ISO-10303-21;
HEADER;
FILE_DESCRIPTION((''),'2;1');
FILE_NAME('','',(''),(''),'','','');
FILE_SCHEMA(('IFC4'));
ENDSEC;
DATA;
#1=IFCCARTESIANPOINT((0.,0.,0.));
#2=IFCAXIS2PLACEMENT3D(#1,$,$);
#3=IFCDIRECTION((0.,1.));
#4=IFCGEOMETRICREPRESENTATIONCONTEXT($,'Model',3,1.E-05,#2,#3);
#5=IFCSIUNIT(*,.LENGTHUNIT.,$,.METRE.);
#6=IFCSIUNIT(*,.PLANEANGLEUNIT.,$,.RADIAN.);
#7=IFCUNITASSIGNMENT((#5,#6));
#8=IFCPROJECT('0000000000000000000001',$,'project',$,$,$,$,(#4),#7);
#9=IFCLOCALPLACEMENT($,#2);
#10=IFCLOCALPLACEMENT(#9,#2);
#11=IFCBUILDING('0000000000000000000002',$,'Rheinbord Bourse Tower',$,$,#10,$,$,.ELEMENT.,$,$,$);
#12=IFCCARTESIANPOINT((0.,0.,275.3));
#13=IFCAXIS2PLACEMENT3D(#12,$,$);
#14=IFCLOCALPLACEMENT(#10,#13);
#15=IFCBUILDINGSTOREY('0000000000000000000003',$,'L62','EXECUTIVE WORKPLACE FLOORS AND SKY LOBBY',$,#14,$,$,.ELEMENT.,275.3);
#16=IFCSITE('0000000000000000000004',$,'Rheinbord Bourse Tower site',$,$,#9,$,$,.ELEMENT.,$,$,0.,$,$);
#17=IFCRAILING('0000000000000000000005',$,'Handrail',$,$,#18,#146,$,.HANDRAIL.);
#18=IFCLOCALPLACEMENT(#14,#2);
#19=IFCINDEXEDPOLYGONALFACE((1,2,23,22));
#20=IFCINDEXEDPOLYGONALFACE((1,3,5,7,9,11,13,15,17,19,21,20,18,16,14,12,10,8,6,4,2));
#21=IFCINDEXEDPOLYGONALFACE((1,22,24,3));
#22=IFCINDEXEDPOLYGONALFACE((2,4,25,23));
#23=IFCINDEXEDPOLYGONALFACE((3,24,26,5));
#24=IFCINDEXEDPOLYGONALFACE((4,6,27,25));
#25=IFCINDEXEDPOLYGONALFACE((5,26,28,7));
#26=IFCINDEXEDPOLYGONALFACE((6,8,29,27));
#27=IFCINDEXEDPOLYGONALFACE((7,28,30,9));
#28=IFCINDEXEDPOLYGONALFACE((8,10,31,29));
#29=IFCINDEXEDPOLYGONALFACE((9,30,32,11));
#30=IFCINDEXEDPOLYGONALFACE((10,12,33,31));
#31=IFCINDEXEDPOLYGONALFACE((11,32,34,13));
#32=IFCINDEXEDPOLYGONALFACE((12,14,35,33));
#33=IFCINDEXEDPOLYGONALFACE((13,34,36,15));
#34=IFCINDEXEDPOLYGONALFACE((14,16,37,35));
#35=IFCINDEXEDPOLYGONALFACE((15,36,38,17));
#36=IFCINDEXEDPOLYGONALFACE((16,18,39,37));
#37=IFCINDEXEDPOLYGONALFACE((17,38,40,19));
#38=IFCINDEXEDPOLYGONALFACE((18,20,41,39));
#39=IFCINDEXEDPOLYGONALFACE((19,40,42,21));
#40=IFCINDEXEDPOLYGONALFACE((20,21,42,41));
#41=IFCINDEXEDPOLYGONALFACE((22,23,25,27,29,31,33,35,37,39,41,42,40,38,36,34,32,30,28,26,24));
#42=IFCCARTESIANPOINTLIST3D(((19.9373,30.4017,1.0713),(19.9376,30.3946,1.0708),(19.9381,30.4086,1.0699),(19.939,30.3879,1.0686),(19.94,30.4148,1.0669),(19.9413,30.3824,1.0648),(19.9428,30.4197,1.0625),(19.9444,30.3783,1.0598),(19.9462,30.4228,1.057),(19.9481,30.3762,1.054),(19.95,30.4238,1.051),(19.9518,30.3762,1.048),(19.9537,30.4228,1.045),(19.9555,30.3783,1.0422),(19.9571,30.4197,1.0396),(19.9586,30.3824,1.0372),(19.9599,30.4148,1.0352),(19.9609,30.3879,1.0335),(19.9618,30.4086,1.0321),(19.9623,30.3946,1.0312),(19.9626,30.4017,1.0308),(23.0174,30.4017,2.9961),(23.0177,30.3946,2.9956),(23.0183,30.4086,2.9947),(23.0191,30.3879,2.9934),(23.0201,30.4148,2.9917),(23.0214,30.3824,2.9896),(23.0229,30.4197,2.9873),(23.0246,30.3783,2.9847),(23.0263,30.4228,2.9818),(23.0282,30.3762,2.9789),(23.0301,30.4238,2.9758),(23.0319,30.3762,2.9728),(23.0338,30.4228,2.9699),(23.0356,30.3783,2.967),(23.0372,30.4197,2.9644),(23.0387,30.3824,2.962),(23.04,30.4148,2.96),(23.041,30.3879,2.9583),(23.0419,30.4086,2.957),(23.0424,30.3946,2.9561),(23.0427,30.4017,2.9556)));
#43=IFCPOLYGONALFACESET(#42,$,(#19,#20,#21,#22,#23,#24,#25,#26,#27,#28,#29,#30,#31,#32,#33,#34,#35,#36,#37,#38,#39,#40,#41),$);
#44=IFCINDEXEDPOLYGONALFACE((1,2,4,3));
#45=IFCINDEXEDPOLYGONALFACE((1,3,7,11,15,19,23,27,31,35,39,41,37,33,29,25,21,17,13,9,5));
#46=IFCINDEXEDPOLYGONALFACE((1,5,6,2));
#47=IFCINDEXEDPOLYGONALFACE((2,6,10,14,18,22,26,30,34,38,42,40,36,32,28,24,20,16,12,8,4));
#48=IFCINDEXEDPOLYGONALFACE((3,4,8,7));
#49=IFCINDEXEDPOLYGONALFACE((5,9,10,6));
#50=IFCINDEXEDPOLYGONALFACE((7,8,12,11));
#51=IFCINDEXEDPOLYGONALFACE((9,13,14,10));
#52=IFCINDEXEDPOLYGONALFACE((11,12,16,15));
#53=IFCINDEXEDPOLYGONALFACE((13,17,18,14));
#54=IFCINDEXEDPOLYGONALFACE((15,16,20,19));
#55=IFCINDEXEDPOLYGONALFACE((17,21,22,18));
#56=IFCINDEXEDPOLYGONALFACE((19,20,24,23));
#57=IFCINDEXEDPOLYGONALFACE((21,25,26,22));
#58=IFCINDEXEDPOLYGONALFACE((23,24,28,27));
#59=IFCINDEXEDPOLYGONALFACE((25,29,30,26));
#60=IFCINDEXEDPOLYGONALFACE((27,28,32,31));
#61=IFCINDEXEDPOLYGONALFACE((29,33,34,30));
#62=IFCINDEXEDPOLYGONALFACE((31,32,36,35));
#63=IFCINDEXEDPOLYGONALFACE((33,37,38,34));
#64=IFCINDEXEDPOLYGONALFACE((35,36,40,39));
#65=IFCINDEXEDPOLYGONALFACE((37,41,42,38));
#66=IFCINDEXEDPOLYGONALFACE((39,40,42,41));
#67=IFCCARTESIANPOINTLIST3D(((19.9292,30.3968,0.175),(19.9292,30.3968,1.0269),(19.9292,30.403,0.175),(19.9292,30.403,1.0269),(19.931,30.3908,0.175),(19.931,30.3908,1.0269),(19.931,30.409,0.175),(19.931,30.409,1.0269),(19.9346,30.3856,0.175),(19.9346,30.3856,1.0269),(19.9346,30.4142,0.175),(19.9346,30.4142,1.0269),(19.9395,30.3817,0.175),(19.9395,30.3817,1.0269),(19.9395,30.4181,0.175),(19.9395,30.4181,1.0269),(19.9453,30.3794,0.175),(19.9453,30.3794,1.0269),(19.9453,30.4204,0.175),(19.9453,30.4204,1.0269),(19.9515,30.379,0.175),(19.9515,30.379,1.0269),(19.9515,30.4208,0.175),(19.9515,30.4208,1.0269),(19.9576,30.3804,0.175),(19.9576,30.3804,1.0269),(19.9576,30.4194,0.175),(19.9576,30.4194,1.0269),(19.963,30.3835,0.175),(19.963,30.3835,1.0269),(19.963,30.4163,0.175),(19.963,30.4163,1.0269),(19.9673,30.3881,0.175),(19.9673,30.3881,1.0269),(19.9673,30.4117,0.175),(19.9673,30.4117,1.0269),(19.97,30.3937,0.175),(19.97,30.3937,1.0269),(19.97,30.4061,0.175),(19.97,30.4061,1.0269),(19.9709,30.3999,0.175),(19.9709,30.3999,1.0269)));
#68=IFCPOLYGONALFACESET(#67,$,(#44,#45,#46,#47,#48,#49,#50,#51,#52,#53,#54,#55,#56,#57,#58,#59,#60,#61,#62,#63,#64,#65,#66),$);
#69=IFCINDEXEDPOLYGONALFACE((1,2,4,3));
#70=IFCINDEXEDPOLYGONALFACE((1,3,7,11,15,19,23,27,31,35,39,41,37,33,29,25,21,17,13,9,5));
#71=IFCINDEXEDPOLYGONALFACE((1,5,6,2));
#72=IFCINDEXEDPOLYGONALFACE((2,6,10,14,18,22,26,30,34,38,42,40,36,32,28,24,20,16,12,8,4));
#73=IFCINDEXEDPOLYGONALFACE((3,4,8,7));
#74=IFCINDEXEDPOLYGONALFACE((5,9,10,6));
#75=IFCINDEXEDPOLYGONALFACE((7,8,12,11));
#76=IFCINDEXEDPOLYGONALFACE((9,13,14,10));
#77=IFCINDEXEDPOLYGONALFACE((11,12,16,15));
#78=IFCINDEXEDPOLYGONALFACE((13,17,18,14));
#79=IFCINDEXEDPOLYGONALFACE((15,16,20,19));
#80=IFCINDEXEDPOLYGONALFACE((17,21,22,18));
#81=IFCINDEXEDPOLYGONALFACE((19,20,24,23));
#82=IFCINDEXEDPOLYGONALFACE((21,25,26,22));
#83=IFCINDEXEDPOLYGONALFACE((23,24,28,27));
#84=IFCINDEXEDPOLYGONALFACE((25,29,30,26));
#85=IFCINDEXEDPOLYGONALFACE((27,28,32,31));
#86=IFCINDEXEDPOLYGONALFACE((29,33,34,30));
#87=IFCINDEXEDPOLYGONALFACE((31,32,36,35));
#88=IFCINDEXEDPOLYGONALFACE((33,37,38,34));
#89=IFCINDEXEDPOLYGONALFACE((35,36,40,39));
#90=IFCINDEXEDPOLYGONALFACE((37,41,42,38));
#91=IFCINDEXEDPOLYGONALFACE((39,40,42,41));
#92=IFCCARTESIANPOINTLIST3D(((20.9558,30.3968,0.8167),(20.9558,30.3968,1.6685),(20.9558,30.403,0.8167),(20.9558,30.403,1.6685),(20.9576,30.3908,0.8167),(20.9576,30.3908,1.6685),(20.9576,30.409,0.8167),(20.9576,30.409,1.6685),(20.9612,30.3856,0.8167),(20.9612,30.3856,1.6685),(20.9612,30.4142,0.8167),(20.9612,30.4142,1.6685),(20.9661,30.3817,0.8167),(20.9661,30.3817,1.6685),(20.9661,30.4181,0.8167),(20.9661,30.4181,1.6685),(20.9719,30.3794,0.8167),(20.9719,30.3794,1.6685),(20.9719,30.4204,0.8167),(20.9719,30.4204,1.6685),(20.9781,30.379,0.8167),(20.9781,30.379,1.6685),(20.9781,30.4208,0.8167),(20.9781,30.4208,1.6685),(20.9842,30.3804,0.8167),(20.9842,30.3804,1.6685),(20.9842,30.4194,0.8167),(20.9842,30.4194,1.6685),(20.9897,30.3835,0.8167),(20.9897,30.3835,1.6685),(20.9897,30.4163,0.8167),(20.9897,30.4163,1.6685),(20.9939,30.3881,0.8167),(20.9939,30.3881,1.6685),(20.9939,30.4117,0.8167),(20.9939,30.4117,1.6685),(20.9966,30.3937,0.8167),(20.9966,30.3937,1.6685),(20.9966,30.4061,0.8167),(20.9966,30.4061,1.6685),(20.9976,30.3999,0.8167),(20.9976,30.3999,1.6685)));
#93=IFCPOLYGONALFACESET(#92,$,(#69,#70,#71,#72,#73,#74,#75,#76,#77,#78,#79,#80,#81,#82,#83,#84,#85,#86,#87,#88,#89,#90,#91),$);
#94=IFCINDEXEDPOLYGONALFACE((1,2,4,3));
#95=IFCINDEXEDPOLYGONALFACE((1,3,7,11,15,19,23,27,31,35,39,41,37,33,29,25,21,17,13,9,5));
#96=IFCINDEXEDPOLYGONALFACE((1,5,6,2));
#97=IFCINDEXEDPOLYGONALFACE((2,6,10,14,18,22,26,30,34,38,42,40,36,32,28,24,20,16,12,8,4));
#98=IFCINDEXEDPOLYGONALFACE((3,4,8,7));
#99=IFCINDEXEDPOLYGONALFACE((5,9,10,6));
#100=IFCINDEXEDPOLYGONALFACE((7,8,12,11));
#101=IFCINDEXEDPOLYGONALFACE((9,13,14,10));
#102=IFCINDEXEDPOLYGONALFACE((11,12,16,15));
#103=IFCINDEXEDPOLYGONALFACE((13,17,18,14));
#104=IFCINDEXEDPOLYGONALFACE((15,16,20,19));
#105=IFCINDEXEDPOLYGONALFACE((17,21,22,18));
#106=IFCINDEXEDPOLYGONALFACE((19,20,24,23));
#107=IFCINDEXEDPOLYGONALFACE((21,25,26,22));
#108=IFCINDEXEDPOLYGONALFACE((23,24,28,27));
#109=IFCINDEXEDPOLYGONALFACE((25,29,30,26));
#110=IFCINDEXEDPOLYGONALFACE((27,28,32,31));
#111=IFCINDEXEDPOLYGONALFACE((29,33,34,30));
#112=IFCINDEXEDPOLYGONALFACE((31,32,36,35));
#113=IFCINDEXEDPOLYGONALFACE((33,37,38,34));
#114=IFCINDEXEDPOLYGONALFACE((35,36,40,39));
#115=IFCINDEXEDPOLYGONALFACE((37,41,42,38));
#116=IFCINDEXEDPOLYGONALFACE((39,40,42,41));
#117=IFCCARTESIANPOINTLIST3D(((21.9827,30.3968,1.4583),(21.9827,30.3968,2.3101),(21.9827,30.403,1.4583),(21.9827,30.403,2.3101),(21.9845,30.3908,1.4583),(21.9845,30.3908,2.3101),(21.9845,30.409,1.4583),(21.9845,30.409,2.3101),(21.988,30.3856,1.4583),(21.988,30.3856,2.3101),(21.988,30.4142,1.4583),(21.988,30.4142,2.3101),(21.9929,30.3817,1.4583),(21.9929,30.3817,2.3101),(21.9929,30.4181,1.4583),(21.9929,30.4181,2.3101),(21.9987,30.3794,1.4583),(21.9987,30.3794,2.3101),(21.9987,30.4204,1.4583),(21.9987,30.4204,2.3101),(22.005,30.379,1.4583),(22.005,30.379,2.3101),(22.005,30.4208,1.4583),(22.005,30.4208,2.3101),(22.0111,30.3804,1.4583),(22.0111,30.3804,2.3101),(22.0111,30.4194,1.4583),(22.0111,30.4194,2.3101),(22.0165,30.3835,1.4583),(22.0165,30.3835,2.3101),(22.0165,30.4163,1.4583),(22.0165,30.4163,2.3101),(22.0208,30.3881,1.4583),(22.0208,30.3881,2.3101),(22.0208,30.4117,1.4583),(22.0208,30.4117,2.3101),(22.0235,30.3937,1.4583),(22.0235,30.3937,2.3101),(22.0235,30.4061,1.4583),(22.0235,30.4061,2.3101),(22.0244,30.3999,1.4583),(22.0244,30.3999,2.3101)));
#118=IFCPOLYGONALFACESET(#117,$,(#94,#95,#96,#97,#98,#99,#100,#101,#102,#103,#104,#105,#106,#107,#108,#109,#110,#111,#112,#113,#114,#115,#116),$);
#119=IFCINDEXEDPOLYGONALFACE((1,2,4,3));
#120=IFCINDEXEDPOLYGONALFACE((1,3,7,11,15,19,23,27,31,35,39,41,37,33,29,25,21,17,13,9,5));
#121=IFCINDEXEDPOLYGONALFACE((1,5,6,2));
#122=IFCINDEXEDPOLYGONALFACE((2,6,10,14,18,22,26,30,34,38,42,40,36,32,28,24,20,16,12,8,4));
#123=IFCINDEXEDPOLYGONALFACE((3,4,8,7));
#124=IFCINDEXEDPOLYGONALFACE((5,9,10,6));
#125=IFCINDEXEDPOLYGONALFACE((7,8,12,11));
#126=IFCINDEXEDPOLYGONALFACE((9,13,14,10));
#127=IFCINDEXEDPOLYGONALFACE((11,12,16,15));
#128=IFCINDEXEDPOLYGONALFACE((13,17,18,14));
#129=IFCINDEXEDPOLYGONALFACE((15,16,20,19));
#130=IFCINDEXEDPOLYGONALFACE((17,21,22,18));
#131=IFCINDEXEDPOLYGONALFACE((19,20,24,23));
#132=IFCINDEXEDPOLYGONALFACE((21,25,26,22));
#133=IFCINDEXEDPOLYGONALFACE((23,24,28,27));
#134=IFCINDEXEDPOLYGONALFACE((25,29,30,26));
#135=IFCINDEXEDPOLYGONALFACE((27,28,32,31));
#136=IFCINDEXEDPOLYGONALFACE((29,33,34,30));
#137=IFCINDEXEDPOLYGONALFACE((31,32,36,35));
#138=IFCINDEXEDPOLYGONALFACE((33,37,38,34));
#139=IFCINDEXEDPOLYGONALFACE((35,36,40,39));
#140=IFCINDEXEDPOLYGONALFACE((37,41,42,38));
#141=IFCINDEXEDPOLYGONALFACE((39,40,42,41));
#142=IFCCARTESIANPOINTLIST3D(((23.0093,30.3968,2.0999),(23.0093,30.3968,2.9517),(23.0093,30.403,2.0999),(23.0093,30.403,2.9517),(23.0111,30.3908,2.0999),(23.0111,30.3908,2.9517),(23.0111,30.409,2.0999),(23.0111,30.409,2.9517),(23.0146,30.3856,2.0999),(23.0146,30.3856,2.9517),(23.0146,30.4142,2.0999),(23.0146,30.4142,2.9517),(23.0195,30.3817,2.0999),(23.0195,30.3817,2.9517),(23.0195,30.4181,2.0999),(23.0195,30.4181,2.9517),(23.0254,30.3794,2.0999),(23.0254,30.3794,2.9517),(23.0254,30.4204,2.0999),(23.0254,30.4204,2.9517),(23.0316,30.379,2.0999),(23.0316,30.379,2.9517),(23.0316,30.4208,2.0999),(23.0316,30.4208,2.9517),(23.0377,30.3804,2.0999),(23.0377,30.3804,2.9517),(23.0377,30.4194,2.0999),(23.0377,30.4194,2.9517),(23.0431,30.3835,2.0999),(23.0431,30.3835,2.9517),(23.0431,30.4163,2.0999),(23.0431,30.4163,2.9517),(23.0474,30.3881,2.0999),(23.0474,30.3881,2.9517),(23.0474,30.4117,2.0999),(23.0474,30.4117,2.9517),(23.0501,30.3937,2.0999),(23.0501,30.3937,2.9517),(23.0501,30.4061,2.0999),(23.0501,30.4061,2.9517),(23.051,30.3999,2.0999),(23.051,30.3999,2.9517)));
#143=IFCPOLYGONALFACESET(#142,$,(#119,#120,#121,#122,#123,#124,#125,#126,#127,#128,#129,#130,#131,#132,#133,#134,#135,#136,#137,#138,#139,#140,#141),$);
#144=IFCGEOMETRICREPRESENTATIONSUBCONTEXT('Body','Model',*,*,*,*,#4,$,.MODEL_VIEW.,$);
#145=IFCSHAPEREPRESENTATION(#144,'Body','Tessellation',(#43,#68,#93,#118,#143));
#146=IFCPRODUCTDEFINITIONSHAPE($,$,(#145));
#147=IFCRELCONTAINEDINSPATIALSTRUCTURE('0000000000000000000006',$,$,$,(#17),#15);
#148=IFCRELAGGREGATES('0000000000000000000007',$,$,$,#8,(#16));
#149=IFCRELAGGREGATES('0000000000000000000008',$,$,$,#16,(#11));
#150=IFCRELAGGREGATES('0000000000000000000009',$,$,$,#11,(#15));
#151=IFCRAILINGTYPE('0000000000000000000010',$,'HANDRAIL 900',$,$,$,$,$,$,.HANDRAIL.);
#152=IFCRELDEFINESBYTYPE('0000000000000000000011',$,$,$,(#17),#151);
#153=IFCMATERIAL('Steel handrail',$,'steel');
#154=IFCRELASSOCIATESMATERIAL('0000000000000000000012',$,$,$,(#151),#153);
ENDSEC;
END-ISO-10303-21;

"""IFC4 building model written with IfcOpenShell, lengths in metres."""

from ifc_helpers import new_model, si_unit, direction, frame, origin, origin_2d, place, context, subcontext, project, spatial, circle, extrude, material, type_object, element, save


model = new_model("IFC4")

# Units and contexts
model_context = context("Model", 3, precision=1e-05, world=origin(), true_north=direction((0.0, 1.0)))
body_context = subcontext(model_context, "Body", "Model", "MODEL_VIEW")
ifc_project = project(units=[si_unit("LENGTHUNIT", "METRE"), si_unit("PLANEANGLEUNIT", "RADIAN")], contexts=[model_context])

# Site, building, storey
site_placement = place(None, origin())
site = spatial("IfcSite", under=ifc_project, at=site_placement, Name="Rheinbord Bourse Tower site", CompositionType="ELEMENT", RefElevation=0.0)
building_placement = place(site_placement, origin())
building = spatial("IfcBuilding", under=site, at=building_placement, Name="Rheinbord Bourse Tower", CompositionType="ELEMENT")
storey_placement = place(building_placement, frame((0.0, 0.0, 275.3)))
storey = spatial("IfcBuildingStorey", under=building, at=storey_placement, Name="L62", Description="EXECUTIVE WORKPLACE FLOORS AND SKY LOBBY", CompositionType="ELEMENT", Elevation=275.3)

# Railing
ifc_material_1 = material(Name="Steel handrail", Category="steel")
railing_type = type_object("IfcRailingType", Name="HANDRAIL 900", PredefinedType="HANDRAIL", material=ifc_material_1)
railing_1_placement = place(storey_placement, frame((19.95, 30.3999, 0.175)))
element("IfcRailing", 1, at=railing_1_placement, inside=storey, type_object=railing_type, Name="Handrail", PredefinedType="HANDRAIL", context=body_context, shape_type="SweptSolid", body=[
    extrude(circle(Radius=0.0239, at=origin_2d()), frame((0.0, 0.0, 0.876), z_axis=(0.848029, 0.0, 0.529951), x_axis=(0.0, 1.0, 0.0)), (0.0, 0.0, 1.0), 3.6321),
    extrude(circle(Radius=0.021, at=origin_2d()), origin(), (0.0, 0.0, 1.0), 0.8518),
    extrude(circle(Radius=0.021, at=origin_2d()), frame((1.0266, 0.0, 0.6416)), (0.0, 0.0, 1.0), 0.8518),
    extrude(circle(Radius=0.021, at=origin_2d()), frame((2.0535, 0.0, 1.2832)), (0.0, 0.0, 1.0), 0.8518),
    extrude(circle(Radius=0.021, at=origin_2d()), frame((3.0801, 0.0, 1.9248)), (0.0, 0.0, 1.0), 0.8518),
])

save(model, "model.ifc")
